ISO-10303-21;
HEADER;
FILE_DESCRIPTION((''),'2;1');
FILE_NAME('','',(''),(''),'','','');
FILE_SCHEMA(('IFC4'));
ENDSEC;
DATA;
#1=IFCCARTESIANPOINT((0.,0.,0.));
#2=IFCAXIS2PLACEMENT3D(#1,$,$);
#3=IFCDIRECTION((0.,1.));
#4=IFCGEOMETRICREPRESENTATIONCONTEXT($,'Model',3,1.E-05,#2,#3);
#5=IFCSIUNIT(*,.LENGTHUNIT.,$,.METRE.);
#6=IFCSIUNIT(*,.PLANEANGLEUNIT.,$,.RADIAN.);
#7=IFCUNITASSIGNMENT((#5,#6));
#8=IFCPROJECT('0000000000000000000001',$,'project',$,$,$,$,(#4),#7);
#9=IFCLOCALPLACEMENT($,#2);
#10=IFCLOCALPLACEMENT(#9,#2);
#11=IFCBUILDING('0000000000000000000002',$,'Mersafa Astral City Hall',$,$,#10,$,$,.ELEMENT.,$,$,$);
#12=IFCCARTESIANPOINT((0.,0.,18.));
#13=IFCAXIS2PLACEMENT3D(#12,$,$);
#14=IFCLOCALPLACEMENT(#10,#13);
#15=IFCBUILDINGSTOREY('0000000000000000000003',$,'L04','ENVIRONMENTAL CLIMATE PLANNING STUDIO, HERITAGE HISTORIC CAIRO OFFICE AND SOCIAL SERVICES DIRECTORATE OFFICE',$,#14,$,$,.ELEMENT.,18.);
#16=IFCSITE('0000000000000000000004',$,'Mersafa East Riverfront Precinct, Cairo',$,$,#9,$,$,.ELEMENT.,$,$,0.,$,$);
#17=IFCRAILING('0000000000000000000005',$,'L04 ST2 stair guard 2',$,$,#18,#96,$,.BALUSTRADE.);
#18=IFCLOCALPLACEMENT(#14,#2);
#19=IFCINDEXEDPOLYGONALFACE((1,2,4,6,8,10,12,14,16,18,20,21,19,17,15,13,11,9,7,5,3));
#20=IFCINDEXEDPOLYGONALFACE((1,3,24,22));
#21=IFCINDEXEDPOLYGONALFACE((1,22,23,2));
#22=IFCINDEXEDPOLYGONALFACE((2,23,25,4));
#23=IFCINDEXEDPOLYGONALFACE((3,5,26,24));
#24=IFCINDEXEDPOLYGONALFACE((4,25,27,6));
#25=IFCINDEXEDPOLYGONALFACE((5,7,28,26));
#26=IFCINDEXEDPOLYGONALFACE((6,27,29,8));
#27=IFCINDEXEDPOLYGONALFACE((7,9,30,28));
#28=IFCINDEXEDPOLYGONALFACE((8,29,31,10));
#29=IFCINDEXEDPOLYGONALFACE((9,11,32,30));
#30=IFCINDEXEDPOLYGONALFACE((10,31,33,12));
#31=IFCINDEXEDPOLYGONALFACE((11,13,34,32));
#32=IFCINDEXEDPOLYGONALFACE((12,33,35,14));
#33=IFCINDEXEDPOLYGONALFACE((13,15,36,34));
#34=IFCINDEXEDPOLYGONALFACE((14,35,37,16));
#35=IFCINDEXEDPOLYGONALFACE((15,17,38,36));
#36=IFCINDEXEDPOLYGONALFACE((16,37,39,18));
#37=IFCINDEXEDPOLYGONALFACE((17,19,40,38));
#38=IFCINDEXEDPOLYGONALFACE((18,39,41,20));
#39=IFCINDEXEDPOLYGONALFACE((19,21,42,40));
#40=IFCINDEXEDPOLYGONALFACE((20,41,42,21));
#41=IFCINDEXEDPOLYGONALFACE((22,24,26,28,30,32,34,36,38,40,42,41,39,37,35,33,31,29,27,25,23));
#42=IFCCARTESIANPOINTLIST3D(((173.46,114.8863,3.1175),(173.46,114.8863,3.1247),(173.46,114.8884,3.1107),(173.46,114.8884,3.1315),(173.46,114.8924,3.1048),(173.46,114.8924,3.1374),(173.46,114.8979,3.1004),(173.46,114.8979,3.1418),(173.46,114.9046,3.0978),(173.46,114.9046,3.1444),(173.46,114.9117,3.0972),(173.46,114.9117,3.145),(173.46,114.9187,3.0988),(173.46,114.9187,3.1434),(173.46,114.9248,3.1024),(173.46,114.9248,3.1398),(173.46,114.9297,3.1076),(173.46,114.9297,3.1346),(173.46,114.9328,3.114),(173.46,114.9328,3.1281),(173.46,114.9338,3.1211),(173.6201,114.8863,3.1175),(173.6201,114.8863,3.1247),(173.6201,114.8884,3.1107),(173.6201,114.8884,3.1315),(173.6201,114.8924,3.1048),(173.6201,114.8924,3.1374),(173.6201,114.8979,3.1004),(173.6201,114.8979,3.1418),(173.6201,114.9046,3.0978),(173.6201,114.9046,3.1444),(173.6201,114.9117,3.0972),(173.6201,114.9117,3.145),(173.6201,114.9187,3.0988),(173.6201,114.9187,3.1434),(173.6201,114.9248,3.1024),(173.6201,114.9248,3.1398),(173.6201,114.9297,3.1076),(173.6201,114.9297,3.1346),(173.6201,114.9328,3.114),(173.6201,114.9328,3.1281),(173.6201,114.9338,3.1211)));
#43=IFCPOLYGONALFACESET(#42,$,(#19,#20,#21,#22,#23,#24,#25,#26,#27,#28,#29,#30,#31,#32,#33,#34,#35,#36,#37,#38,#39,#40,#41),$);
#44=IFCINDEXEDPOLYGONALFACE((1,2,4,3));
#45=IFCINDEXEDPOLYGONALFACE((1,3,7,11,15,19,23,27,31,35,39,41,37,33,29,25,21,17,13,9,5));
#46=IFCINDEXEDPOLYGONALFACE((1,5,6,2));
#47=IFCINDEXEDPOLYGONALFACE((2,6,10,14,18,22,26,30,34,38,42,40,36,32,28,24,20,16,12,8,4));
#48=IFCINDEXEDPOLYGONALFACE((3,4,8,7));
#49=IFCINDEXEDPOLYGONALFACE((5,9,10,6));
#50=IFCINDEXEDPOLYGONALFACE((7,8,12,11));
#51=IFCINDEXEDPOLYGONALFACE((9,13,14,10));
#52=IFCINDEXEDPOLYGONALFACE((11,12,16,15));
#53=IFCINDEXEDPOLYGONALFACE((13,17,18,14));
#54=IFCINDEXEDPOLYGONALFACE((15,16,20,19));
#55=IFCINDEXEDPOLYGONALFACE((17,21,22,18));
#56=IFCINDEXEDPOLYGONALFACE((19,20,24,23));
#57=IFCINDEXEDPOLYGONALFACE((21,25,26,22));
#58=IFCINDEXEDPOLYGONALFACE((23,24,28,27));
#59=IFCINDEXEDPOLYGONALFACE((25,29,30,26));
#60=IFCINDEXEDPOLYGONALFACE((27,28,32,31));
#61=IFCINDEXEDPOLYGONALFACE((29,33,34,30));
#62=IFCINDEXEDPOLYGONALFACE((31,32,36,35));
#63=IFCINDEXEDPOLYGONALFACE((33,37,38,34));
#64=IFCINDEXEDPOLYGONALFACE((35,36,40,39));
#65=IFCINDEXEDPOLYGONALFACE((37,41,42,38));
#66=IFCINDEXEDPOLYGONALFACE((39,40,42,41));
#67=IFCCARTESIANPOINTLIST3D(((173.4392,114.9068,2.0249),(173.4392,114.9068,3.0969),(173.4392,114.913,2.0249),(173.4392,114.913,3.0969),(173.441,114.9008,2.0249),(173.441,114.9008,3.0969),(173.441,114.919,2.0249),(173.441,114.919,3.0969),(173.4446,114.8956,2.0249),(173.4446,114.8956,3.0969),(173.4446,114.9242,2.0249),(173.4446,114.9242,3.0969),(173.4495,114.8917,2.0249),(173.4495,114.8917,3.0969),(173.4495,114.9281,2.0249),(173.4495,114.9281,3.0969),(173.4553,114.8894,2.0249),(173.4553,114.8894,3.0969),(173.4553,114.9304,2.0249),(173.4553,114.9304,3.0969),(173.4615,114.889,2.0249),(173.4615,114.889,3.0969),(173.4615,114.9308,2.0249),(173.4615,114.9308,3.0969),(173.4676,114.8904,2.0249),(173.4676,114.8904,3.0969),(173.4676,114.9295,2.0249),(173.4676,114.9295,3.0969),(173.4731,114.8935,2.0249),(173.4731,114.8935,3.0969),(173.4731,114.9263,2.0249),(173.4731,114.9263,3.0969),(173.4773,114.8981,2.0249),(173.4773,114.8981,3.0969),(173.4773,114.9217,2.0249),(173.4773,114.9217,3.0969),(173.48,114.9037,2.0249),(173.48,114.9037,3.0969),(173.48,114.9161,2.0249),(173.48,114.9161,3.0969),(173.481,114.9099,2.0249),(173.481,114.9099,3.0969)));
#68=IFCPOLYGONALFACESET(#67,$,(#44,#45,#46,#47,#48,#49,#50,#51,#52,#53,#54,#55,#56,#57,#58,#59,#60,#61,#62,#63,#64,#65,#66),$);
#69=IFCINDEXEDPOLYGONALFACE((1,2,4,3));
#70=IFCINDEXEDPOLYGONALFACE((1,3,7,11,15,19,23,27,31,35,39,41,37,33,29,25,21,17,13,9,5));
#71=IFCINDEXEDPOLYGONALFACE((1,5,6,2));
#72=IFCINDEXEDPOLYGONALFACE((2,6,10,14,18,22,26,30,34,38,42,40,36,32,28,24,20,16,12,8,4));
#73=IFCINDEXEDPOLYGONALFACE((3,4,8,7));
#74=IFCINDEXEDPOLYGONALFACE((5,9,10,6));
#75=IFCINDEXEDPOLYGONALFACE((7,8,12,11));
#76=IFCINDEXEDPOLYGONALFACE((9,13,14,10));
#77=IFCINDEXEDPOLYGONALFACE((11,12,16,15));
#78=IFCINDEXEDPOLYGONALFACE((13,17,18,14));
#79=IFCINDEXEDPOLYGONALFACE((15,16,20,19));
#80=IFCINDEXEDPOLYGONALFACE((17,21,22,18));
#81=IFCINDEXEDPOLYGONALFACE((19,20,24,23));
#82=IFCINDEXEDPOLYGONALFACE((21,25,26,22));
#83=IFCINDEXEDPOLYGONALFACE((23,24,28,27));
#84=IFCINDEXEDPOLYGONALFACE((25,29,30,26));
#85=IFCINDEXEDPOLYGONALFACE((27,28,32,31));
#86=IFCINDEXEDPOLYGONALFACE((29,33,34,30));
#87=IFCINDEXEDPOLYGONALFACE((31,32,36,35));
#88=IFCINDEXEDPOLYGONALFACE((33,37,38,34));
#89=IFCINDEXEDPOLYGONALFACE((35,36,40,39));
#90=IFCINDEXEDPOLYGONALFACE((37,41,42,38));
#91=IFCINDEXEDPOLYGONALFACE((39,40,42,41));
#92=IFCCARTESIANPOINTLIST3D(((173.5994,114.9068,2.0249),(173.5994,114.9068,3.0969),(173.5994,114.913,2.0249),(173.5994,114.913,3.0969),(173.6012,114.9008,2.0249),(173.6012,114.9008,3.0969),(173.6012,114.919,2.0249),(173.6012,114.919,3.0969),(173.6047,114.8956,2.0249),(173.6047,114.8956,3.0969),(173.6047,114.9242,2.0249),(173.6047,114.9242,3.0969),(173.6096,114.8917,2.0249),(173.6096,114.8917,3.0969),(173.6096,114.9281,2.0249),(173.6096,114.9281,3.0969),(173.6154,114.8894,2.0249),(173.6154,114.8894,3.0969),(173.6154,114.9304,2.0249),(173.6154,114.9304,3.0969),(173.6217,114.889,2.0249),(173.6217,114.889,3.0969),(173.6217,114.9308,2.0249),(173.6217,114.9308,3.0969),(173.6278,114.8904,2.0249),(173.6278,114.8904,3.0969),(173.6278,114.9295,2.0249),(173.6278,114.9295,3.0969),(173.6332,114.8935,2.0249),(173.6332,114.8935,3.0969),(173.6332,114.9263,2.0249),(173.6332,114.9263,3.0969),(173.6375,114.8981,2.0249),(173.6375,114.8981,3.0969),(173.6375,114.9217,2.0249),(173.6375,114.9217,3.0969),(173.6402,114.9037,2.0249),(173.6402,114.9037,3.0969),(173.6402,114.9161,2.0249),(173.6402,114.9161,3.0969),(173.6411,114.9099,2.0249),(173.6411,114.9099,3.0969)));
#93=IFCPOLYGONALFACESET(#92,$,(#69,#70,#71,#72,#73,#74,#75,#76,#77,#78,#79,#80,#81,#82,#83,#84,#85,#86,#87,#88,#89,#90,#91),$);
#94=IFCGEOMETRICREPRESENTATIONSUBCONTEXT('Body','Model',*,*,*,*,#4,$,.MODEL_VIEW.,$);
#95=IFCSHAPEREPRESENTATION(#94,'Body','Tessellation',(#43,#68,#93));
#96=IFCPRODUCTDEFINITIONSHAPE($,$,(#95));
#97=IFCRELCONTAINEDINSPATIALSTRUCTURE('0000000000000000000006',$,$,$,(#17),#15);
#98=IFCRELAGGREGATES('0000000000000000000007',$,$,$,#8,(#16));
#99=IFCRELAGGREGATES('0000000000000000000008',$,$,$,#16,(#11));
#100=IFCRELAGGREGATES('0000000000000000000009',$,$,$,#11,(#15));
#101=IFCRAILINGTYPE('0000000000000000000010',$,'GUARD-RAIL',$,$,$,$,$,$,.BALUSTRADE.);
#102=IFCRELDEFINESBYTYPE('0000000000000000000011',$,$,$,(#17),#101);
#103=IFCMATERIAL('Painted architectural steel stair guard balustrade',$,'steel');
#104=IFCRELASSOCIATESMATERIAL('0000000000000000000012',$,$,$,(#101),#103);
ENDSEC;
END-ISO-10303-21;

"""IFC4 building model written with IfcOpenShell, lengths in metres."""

from ifc_helpers import new_model, si_unit, direction, frame, origin, origin_2d, place, context, subcontext, project, spatial, circle, extrude, material, type_object, element, save


model = new_model("IFC4")

# Units and contexts
model_context = context("Model", 3, precision=1e-05, world=origin(), true_north=direction((0.0, 1.0)))
body_context = subcontext(model_context, "Body", "Model", "MODEL_VIEW")
ifc_project = project(units=[si_unit("LENGTHUNIT", "METRE"), si_unit("PLANEANGLEUNIT", "RADIAN")], contexts=[model_context])

# Site, building, storey
site_placement = place(None, origin())
site = spatial("IfcSite", under=ifc_project, at=site_placement, Name="Mersafa East Riverfront Precinct, Cairo", CompositionType="ELEMENT", RefElevation=0.0)
building_placement = place(site_placement, origin())
building = spatial("IfcBuilding", under=site, at=building_placement, Name="Mersafa Astral City Hall", CompositionType="ELEMENT")
storey_placement = place(building_placement, frame((0.0, 0.0, 18.0)))
storey = spatial("IfcBuildingStorey", under=building, at=storey_placement, Name="L04", Description="ENVIRONMENTAL CLIMATE PLANNING STUDIO, HERITAGE HISTORIC CAIRO OFFICE AND SOCIAL SERVICES DIRECTORATE OFFICE", CompositionType="ELEMENT", Elevation=18.0)

# Railing
ifc_material_1 = material(Name="Painted architectural steel stair guard balustrade", Category="steel")
railing_type_1 = type_object("IfcRailingType", Name="GUARD-RAIL", PredefinedType="BALUSTRADE", material=ifc_material_1)
railing_1_placement = place(storey_placement, frame((173.46, 114.9099, 2.0249)))
element("IfcRailing", 1, at=railing_1_placement, inside=storey, type_object=railing_type_1, Name="L04 ST2 stair guard 2", PredefinedType="BALUSTRADE", context=body_context, shape_type="SweptSolid", body=[
    extrude(circle(Radius=0.0239, at=origin_2d()), frame((0.0, 0.0, 1.0962), z_axis=(1.0, 0.0, 0.0), x_axis=(0.0, 1.0, 0.0)), (0.0, 0.0, 1.0), 0.1602),
    extrude(circle(Radius=0.021, at=origin_2d()), origin(), (0.0, 0.0, 1.0), 1.072),
    extrude(circle(Radius=0.021, at=origin_2d()), frame((0.1602, 0.0, 0.0)), (0.0, 0.0, 1.0), 1.072),
])

save(model, "model.ifc")
